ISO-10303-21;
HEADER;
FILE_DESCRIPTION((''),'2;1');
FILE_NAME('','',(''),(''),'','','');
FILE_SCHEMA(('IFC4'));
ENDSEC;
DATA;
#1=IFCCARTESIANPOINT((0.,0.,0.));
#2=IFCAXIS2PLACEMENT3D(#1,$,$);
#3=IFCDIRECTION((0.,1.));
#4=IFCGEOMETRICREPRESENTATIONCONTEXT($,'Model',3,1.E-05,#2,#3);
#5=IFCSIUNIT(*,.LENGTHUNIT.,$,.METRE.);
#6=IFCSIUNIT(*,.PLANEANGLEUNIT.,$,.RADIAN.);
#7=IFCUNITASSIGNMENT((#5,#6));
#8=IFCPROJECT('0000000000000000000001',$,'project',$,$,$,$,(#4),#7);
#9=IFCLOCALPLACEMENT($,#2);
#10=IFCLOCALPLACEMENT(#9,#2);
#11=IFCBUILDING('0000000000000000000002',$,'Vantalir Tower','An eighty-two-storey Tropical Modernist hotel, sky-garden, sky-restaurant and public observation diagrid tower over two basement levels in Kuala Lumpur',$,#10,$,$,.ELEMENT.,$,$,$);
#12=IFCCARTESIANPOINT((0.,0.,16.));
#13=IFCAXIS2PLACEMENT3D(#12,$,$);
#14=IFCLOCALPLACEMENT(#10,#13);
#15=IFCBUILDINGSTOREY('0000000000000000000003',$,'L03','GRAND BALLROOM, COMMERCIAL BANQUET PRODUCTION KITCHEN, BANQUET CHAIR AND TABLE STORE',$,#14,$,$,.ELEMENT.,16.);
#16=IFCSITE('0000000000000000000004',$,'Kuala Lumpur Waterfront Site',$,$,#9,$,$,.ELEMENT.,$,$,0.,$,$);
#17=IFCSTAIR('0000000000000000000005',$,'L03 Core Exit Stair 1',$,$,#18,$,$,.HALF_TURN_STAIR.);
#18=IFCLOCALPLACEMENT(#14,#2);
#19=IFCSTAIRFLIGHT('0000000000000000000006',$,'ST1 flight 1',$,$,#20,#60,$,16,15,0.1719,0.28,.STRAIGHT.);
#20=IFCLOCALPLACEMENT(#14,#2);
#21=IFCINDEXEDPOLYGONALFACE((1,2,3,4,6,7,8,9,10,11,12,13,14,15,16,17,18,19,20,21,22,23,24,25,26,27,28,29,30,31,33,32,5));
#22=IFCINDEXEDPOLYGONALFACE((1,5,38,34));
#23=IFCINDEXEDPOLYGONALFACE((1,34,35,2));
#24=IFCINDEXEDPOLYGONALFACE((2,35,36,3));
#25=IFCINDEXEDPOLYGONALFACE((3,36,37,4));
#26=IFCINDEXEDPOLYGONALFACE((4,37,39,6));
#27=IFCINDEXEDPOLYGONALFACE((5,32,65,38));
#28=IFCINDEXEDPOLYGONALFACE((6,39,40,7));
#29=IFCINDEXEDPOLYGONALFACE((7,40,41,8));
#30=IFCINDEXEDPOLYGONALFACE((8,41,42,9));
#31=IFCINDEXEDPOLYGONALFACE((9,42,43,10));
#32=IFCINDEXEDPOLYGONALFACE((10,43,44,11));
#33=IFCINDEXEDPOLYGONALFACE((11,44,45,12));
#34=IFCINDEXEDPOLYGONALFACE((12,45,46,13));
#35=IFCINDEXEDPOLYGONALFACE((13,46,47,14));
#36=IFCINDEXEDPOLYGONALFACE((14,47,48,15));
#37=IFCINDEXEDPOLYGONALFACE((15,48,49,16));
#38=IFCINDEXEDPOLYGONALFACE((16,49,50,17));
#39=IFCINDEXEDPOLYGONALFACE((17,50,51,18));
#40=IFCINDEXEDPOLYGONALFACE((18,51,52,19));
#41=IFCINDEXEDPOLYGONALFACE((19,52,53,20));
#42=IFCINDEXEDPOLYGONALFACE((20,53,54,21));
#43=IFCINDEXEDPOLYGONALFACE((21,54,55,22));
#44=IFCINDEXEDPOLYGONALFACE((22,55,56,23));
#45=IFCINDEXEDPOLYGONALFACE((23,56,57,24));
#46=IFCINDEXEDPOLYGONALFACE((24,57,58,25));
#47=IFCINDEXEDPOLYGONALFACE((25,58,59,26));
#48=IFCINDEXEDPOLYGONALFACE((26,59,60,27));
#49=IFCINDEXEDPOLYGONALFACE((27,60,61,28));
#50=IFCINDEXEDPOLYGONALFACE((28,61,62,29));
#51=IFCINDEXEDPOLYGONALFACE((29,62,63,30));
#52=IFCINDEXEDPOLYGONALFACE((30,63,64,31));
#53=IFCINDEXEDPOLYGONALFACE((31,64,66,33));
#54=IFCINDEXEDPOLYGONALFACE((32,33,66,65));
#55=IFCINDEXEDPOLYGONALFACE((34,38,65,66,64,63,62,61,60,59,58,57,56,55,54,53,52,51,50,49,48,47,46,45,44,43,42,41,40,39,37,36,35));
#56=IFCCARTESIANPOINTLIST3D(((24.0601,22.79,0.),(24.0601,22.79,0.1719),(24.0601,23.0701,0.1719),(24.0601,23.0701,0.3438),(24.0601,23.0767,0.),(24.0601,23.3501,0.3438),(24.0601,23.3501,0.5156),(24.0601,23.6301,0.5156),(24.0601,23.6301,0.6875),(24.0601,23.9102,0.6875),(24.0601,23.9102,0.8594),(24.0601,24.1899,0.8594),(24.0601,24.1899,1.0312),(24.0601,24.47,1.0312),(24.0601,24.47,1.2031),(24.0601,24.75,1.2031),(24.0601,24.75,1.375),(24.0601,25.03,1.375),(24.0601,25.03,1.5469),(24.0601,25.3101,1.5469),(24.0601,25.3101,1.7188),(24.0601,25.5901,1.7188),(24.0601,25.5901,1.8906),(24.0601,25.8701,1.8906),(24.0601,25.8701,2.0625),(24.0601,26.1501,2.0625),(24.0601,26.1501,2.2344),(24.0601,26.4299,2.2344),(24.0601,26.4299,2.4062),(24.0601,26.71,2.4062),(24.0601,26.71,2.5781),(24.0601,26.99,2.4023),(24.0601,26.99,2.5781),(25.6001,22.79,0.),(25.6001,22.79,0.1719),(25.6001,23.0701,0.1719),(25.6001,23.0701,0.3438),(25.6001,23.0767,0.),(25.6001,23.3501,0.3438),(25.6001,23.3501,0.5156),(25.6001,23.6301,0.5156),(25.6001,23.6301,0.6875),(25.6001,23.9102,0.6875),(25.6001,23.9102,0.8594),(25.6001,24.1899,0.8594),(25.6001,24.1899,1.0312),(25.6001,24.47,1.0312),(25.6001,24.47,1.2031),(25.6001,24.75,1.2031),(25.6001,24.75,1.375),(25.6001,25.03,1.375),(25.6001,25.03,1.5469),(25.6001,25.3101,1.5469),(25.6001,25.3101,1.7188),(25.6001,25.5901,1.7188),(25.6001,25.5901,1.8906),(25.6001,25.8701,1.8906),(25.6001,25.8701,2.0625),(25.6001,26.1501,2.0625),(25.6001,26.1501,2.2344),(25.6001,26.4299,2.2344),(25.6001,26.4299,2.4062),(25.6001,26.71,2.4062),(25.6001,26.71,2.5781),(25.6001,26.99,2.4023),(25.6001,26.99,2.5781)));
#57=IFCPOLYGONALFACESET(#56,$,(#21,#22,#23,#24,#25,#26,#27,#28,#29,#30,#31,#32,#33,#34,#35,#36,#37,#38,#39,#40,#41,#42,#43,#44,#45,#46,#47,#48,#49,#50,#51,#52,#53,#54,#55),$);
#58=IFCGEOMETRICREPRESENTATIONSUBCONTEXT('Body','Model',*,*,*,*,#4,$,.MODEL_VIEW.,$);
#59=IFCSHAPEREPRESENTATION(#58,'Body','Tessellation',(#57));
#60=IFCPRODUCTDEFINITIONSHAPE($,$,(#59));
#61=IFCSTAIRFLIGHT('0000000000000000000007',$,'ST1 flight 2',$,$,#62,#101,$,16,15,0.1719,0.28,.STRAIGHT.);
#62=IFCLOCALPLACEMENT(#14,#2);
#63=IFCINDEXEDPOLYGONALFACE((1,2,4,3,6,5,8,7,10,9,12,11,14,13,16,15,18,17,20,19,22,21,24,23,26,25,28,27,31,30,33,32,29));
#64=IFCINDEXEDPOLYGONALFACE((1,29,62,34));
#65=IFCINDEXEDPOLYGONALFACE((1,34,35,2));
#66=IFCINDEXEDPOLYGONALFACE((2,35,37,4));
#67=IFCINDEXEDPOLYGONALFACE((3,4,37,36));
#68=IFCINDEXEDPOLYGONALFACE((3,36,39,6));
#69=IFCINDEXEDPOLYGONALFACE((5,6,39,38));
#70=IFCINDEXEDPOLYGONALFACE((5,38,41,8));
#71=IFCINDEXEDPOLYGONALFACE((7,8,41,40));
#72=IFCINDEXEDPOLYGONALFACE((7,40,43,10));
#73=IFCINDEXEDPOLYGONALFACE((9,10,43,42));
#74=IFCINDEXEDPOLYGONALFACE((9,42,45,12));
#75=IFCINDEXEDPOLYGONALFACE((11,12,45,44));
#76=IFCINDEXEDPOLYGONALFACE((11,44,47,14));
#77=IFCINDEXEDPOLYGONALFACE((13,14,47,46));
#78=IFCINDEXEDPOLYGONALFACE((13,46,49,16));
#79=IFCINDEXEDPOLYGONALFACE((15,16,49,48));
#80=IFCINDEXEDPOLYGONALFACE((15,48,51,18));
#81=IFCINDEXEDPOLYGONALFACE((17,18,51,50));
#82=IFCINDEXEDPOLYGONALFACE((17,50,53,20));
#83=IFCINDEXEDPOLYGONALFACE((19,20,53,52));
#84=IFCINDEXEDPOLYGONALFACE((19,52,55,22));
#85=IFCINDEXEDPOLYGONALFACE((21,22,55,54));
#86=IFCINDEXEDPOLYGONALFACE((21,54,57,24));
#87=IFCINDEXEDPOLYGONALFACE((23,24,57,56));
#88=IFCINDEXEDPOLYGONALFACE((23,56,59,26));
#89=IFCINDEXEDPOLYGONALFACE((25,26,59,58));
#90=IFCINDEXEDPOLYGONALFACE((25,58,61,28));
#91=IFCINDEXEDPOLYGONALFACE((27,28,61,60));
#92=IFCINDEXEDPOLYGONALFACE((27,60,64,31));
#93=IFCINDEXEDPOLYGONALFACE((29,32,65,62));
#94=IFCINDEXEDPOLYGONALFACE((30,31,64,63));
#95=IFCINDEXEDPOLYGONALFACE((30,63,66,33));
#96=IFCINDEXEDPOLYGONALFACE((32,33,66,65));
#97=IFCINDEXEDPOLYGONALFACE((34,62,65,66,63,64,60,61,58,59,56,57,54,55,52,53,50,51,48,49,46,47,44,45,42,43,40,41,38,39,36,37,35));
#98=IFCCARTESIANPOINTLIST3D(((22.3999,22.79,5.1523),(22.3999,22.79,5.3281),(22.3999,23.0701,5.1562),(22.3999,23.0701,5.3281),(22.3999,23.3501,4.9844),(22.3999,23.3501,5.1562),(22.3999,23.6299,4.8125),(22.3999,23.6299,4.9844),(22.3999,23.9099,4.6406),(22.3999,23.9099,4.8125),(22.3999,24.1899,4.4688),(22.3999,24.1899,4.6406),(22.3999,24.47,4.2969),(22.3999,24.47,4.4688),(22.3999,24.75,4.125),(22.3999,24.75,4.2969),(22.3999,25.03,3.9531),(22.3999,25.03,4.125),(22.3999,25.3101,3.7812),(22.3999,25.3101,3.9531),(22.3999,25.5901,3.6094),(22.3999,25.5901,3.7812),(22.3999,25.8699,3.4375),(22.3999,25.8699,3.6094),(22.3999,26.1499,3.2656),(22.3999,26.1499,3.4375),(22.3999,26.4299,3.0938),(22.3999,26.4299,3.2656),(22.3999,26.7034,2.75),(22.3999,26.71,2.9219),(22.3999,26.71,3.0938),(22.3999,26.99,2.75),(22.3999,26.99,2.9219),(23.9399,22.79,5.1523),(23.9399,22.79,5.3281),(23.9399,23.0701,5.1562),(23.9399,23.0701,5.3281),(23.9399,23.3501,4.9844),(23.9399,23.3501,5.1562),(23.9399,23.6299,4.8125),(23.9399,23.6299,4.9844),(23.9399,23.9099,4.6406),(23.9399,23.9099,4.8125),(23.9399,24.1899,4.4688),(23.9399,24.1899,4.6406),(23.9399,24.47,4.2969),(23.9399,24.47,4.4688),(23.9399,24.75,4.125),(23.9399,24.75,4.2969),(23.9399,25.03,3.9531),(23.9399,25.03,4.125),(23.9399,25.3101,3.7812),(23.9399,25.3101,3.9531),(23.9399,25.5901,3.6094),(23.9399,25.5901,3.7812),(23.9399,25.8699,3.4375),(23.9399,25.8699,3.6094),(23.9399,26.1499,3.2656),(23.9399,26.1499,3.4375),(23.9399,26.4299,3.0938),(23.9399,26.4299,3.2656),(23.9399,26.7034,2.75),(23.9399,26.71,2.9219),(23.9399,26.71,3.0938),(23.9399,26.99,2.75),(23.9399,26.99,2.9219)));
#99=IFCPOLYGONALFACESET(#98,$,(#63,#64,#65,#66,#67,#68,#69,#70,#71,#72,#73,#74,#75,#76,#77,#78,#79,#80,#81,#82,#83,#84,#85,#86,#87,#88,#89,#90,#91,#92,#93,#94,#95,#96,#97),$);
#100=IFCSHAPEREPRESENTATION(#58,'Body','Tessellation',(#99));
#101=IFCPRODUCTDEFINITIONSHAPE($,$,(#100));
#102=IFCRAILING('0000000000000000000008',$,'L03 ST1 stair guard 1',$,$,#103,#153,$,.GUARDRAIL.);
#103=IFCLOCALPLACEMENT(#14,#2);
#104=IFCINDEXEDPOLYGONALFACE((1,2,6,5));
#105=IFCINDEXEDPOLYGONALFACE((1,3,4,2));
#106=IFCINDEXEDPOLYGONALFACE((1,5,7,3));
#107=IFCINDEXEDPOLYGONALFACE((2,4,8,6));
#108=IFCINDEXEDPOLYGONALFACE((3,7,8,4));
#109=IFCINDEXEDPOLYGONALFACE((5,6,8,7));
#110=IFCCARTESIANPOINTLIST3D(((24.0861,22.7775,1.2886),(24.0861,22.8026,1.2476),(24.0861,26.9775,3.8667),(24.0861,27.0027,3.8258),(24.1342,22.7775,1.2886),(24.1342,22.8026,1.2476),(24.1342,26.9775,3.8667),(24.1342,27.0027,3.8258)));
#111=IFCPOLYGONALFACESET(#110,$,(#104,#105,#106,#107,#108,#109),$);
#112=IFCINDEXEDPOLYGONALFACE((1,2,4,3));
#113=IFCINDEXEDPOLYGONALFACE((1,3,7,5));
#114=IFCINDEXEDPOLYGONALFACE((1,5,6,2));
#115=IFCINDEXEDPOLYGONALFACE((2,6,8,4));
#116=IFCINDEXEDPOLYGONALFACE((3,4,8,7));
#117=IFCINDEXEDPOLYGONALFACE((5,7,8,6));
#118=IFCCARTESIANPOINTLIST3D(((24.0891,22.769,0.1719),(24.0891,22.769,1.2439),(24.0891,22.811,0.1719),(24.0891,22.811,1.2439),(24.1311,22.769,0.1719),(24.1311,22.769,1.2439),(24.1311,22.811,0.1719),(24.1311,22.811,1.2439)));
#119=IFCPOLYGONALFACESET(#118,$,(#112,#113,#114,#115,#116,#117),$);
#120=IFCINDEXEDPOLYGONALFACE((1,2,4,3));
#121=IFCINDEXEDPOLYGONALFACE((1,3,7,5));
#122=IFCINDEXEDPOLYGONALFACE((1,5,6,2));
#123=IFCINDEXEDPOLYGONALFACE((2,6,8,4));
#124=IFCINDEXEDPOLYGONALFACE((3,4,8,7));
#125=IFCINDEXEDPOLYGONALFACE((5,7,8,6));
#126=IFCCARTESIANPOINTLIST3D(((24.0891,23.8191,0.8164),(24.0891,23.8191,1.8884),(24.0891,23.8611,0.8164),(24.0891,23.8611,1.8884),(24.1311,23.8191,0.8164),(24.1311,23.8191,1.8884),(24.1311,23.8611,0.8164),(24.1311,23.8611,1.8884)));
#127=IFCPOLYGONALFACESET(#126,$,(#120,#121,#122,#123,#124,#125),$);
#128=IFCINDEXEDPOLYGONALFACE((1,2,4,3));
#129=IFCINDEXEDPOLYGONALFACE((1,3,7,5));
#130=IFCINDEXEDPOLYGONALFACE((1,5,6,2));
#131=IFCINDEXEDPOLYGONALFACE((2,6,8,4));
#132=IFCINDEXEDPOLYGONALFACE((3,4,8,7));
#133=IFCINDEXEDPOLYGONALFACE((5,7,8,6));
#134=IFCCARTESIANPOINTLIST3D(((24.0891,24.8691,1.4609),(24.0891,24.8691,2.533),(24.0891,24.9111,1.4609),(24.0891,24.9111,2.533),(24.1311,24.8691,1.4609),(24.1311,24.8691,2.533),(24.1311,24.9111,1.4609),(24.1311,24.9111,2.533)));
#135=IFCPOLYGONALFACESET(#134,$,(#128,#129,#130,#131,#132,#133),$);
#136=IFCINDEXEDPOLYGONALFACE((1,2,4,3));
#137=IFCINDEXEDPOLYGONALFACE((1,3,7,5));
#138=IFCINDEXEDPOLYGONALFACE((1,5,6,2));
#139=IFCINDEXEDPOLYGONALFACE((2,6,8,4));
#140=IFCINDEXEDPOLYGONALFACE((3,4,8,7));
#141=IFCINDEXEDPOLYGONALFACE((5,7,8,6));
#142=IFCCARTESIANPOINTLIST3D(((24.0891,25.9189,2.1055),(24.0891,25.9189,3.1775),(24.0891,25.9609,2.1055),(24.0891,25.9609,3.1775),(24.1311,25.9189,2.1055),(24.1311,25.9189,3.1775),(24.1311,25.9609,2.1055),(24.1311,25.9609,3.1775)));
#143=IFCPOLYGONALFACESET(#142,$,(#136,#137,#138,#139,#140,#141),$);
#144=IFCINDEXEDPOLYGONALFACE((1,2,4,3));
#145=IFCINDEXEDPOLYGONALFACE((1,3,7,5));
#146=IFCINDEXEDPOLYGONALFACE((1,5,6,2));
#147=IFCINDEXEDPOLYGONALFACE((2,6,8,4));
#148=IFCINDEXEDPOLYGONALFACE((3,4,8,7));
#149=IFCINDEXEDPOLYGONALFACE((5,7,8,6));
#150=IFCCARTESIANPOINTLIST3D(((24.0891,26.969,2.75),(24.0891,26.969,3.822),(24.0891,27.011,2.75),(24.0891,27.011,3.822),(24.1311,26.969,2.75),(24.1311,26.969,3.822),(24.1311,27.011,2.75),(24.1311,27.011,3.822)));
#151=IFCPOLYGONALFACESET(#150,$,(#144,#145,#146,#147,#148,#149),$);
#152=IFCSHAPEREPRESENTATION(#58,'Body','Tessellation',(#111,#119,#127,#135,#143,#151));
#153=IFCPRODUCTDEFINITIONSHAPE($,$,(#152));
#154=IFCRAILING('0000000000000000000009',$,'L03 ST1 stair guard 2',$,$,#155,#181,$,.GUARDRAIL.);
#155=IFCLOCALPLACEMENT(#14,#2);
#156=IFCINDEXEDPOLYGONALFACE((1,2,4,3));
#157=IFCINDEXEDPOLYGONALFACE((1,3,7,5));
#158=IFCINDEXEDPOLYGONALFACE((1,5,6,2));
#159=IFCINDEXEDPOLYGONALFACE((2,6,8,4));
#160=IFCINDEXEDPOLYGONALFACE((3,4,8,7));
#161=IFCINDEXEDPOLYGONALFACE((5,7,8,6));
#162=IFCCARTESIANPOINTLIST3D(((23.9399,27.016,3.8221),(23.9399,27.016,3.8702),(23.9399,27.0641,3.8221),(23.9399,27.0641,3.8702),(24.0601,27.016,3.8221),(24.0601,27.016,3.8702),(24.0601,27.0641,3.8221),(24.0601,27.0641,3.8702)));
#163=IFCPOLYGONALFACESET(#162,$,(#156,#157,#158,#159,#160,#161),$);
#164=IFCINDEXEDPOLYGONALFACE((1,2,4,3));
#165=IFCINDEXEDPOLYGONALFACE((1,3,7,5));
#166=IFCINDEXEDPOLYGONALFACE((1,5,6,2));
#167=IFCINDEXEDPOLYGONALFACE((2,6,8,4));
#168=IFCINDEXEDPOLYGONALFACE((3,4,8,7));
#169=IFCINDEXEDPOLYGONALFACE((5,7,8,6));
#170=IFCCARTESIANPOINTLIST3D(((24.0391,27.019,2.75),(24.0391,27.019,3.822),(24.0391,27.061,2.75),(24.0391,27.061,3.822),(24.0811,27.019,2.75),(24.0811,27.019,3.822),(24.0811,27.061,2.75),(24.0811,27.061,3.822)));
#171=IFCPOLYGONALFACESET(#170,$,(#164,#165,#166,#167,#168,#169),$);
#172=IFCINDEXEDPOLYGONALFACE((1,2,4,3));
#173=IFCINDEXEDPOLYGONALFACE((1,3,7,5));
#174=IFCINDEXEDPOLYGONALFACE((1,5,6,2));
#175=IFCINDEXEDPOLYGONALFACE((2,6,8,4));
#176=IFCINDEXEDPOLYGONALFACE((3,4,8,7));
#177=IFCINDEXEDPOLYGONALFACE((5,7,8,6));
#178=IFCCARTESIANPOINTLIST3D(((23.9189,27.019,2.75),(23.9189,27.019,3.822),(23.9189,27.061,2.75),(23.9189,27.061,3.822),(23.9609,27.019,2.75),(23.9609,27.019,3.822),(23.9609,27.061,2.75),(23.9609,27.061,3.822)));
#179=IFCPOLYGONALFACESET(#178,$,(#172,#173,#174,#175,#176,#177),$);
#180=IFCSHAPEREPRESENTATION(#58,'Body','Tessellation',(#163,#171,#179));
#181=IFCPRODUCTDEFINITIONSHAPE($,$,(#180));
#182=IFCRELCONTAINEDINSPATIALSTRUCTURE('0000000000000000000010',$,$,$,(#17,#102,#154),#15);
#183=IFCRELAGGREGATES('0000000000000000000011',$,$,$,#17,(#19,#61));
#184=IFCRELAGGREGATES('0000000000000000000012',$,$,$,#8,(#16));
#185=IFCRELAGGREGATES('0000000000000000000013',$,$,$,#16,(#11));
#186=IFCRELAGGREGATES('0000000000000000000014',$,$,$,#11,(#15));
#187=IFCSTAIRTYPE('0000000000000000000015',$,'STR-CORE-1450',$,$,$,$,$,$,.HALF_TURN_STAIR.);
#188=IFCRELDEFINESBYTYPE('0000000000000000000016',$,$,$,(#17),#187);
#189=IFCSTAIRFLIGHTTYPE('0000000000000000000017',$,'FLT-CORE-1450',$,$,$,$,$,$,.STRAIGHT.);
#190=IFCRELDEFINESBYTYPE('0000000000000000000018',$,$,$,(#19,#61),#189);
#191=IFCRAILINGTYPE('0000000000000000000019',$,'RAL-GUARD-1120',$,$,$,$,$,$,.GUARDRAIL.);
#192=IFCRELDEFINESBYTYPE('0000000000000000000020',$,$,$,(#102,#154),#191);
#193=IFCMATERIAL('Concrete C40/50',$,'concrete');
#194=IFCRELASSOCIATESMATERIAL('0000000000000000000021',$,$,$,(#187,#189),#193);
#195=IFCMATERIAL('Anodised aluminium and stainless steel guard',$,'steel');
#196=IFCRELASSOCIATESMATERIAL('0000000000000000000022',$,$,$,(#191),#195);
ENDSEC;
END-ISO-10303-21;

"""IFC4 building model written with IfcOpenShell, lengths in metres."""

from ifc_helpers import new_model, si_unit, direction, frame, origin, origin_2d, place, context, subcontext, project, spatial, polyline, rectangle, outline, extrude, material, type_object, element, aggregate, save


model = new_model("IFC4")

# Units and contexts
model_context = context("Model", 3, precision=1e-05, world=origin(), true_north=direction((0.0, 1.0)))
body_context = subcontext(model_context, "Body", "Model", "MODEL_VIEW")
ifc_project = project(units=[si_unit("LENGTHUNIT", "METRE"), si_unit("PLANEANGLEUNIT", "RADIAN")], contexts=[model_context])

# Site, building, storey
site_placement = place(None, origin())
site = spatial("IfcSite", under=ifc_project, at=site_placement, Name="Kuala Lumpur Waterfront Site", CompositionType="ELEMENT", RefElevation=0.0)
building_placement = place(site_placement, origin())
building = spatial("IfcBuilding", under=site, at=building_placement, Name="Vantalir Tower", Description="An eighty-two-storey Tropical Modernist hotel, sky-garden, sky-restaurant and public observation diagrid tower over two basement levels in Kuala Lumpur", CompositionType="ELEMENT")
storey_placement = place(building_placement, frame((0.0, 0.0, 16.0)))
storey = spatial("IfcBuildingStorey", under=building, at=storey_placement, Name="L03", Description="GRAND BALLROOM, COMMERCIAL BANQUET PRODUCTION KITCHEN, BANQUET CHAIR AND TABLE STORE", CompositionType="ELEMENT", Elevation=16.0)

# Stair, stair flights
ifc_material_1 = material(Name="Concrete C40/50", Category="concrete")
stair_type = type_object("IfcStairType", Name="STR-CORE-1450", PredefinedType="HALF_TURN_STAIR", material=ifc_material_1)
stair_placement = place(storey_placement, origin())
stair = element("IfcStair", 1, at=stair_placement, inside=storey, type_object=stair_type, Name="L03 Core Exit Stair 1", PredefinedType="HALF_TURN_STAIR")
stair_flight_type = type_object("IfcStairFlightType", Name="FLT-CORE-1450", PredefinedType="STRAIGHT", material=ifc_material_1)
stair_flight_1_placement = place(storey_placement, frame((24.8301, 22.79, 0.0), z_axis=(0.0, 0.0, 1.0), x_axis=(0.0, 1.0, 0.0)))
stair_flight_1 = element("IfcStairFlight", 2, at=stair_flight_1_placement, type_object=stair_flight_type, Name="ST1 flight 1", NumberOfRisers=16, NumberOfTreads=15, PredefinedType="STRAIGHT", RiserHeight=0.1719, TreadLength=0.28, context=body_context, shape_type="SweptSolid", body=[
    extrude(outline(polyline([(0.0, 0.0), (0.0, 0.1719), (0.28, 0.1719), (0.28, 0.3438), (0.5601, 0.3438), (0.5601, 0.5156), (0.8401, 0.5156), (0.8401, 0.6875), (1.1201, 0.6875), (1.1201, 0.8594), (1.3999, 0.8594), (1.3999, 1.0312), (1.6799, 1.0312), (1.6799, 1.2031), (1.96, 1.2031), (1.96, 1.375), (2.24, 1.375), (2.24, 1.5469), (2.52, 1.5469), (2.52, 1.7188), (2.8, 1.7188), (2.8, 1.8906), (3.0801, 1.8906), (3.0801, 2.0625), (3.3601, 2.0625), (3.3601, 2.2344), (3.6399, 2.2344), (3.6399, 2.4062), (3.9199, 2.4062), (3.9199, 2.5781), (4.2, 2.5781), (4.2, 2.75), (4.2, 2.4023), (0.2866, 0.0), (0.0, 0.0)])), frame((0.0, 0.77, 0.0), z_axis=(0.0, -1.0, 0.0), x_axis=(1.0, 0.0, 0.0)), (0.0, 0.0, 1.0), 1.54),
])
stair_flight_2_placement = place(storey_placement, frame((23.1699, 26.99, 2.75), z_axis=(0.0, 0.0, 1.0), x_axis=(0.0, -1.0, 0.0)))
stair_flight_2 = element("IfcStairFlight", 3, at=stair_flight_2_placement, type_object=stair_flight_type, Name="ST1 flight 2", NumberOfRisers=16, NumberOfTreads=15, PredefinedType="STRAIGHT", RiserHeight=0.1719, TreadLength=0.28, context=body_context, shape_type="SweptSolid", body=[
    extrude(outline(polyline([(0.0, 0.0), (0.0, 0.1719), (0.28, 0.1719), (0.28, 0.3438), (0.5601, 0.3438), (0.5601, 0.5156), (0.8401, 0.5156), (0.8401, 0.6875), (1.1201, 0.6875), (1.1201, 0.8594), (1.3999, 0.8594), (1.3999, 1.0312), (1.6799, 1.0312), (1.6799, 1.2031), (1.96, 1.2031), (1.96, 1.375), (2.24, 1.375), (2.24, 1.5469), (2.52, 1.5469), (2.52, 1.7188), (2.8, 1.7188), (2.8, 1.8906), (3.0801, 1.8906), (3.0801, 2.0625), (3.3601, 2.0625), (3.3601, 2.2344), (3.6399, 2.2344), (3.6399, 2.4062), (3.9199, 2.4062), (3.9199, 2.5781), (4.2, 2.5781), (4.2, 2.75), (4.2, 2.4023), (0.2866, 0.0), (0.0, 0.0)])), frame((0.0, 0.77, 0.0), z_axis=(0.0, -1.0, 0.0), x_axis=(1.0, 0.0, 0.0)), (0.0, 0.0, 1.0), 1.54),
])
aggregate(stair, [stair_flight_1, stair_flight_2])

# Railings
ifc_material_2 = material(Name="Anodised aluminium and stainless steel guard", Category="steel")
railing_type_1 = type_object("IfcRailingType", Name="RAL-GUARD-1120", PredefinedType="GUARDRAIL", material=ifc_material_2)
railing_1_placement = place(storey_placement, frame((24.1101, 22.79, 0.1719)))
element("IfcRailing", 4, at=railing_1_placement, inside=storey, type_object=railing_type_1, Name="L03 ST1 stair guard 1", PredefinedType="GUARDRAIL", context=body_context, shape_type="SweptSolid", body=[
    extrude(rectangle(XDim=0.0481, YDim=0.0481, at=origin_2d()), frame((0.0, 0.0, 1.0962), z_axis=(0.0, 0.852243, 0.523146), x_axis=(-1.0, 0.0, 0.0)), (0.0, 0.0, 1.0), 4.9282),
    extrude(rectangle(XDim=0.042, YDim=0.042, at=origin_2d()), origin(), (0.0, 0.0, 1.0), 1.072),
    extrude(rectangle(XDim=0.042, YDim=0.042, at=origin_2d()), frame((0.0, 1.05, 0.6445)), (0.0, 0.0, 1.0), 1.072),
    extrude(rectangle(XDim=0.042, YDim=0.042, at=origin_2d()), frame((0.0, 2.1001, 1.2891)), (0.0, 0.0, 1.0), 1.072),
    extrude(rectangle(XDim=0.042, YDim=0.042, at=origin_2d()), frame((0.0, 3.1499, 1.9336)), (0.0, 0.0, 1.0), 1.072),
    extrude(rectangle(XDim=0.042, YDim=0.042, at=origin_2d()), frame((0.0, 4.2, 2.5781)), (0.0, 0.0, 1.0), 1.072),
])
railing_2_placement = place(storey_placement, frame((24.0601, 27.04, 2.75)))
element("IfcRailing", 5, at=railing_2_placement, inside=storey, type_object=railing_type_1, Name="L03 ST1 stair guard 2", PredefinedType="GUARDRAIL", context=body_context, shape_type="SweptSolid", body=[
    extrude(rectangle(XDim=0.0481, YDim=0.0481, at=origin_2d()), frame((0.0, 0.0, 1.0962), z_axis=(-1.0, 0.0, 0.0), x_axis=(0.0, -1.0, 0.0)), (0.0, 0.0, 1.0), 0.1201),
    extrude(rectangle(XDim=0.042, YDim=0.042, at=origin_2d()), origin(), (0.0, 0.0, 1.0), 1.072),
    extrude(rectangle(XDim=0.042, YDim=0.042, at=origin_2d()), frame((-0.1201, 0.0, 0.0)), (0.0, 0.0, 1.0), 1.072),
])

save(model, "model.ifc")
